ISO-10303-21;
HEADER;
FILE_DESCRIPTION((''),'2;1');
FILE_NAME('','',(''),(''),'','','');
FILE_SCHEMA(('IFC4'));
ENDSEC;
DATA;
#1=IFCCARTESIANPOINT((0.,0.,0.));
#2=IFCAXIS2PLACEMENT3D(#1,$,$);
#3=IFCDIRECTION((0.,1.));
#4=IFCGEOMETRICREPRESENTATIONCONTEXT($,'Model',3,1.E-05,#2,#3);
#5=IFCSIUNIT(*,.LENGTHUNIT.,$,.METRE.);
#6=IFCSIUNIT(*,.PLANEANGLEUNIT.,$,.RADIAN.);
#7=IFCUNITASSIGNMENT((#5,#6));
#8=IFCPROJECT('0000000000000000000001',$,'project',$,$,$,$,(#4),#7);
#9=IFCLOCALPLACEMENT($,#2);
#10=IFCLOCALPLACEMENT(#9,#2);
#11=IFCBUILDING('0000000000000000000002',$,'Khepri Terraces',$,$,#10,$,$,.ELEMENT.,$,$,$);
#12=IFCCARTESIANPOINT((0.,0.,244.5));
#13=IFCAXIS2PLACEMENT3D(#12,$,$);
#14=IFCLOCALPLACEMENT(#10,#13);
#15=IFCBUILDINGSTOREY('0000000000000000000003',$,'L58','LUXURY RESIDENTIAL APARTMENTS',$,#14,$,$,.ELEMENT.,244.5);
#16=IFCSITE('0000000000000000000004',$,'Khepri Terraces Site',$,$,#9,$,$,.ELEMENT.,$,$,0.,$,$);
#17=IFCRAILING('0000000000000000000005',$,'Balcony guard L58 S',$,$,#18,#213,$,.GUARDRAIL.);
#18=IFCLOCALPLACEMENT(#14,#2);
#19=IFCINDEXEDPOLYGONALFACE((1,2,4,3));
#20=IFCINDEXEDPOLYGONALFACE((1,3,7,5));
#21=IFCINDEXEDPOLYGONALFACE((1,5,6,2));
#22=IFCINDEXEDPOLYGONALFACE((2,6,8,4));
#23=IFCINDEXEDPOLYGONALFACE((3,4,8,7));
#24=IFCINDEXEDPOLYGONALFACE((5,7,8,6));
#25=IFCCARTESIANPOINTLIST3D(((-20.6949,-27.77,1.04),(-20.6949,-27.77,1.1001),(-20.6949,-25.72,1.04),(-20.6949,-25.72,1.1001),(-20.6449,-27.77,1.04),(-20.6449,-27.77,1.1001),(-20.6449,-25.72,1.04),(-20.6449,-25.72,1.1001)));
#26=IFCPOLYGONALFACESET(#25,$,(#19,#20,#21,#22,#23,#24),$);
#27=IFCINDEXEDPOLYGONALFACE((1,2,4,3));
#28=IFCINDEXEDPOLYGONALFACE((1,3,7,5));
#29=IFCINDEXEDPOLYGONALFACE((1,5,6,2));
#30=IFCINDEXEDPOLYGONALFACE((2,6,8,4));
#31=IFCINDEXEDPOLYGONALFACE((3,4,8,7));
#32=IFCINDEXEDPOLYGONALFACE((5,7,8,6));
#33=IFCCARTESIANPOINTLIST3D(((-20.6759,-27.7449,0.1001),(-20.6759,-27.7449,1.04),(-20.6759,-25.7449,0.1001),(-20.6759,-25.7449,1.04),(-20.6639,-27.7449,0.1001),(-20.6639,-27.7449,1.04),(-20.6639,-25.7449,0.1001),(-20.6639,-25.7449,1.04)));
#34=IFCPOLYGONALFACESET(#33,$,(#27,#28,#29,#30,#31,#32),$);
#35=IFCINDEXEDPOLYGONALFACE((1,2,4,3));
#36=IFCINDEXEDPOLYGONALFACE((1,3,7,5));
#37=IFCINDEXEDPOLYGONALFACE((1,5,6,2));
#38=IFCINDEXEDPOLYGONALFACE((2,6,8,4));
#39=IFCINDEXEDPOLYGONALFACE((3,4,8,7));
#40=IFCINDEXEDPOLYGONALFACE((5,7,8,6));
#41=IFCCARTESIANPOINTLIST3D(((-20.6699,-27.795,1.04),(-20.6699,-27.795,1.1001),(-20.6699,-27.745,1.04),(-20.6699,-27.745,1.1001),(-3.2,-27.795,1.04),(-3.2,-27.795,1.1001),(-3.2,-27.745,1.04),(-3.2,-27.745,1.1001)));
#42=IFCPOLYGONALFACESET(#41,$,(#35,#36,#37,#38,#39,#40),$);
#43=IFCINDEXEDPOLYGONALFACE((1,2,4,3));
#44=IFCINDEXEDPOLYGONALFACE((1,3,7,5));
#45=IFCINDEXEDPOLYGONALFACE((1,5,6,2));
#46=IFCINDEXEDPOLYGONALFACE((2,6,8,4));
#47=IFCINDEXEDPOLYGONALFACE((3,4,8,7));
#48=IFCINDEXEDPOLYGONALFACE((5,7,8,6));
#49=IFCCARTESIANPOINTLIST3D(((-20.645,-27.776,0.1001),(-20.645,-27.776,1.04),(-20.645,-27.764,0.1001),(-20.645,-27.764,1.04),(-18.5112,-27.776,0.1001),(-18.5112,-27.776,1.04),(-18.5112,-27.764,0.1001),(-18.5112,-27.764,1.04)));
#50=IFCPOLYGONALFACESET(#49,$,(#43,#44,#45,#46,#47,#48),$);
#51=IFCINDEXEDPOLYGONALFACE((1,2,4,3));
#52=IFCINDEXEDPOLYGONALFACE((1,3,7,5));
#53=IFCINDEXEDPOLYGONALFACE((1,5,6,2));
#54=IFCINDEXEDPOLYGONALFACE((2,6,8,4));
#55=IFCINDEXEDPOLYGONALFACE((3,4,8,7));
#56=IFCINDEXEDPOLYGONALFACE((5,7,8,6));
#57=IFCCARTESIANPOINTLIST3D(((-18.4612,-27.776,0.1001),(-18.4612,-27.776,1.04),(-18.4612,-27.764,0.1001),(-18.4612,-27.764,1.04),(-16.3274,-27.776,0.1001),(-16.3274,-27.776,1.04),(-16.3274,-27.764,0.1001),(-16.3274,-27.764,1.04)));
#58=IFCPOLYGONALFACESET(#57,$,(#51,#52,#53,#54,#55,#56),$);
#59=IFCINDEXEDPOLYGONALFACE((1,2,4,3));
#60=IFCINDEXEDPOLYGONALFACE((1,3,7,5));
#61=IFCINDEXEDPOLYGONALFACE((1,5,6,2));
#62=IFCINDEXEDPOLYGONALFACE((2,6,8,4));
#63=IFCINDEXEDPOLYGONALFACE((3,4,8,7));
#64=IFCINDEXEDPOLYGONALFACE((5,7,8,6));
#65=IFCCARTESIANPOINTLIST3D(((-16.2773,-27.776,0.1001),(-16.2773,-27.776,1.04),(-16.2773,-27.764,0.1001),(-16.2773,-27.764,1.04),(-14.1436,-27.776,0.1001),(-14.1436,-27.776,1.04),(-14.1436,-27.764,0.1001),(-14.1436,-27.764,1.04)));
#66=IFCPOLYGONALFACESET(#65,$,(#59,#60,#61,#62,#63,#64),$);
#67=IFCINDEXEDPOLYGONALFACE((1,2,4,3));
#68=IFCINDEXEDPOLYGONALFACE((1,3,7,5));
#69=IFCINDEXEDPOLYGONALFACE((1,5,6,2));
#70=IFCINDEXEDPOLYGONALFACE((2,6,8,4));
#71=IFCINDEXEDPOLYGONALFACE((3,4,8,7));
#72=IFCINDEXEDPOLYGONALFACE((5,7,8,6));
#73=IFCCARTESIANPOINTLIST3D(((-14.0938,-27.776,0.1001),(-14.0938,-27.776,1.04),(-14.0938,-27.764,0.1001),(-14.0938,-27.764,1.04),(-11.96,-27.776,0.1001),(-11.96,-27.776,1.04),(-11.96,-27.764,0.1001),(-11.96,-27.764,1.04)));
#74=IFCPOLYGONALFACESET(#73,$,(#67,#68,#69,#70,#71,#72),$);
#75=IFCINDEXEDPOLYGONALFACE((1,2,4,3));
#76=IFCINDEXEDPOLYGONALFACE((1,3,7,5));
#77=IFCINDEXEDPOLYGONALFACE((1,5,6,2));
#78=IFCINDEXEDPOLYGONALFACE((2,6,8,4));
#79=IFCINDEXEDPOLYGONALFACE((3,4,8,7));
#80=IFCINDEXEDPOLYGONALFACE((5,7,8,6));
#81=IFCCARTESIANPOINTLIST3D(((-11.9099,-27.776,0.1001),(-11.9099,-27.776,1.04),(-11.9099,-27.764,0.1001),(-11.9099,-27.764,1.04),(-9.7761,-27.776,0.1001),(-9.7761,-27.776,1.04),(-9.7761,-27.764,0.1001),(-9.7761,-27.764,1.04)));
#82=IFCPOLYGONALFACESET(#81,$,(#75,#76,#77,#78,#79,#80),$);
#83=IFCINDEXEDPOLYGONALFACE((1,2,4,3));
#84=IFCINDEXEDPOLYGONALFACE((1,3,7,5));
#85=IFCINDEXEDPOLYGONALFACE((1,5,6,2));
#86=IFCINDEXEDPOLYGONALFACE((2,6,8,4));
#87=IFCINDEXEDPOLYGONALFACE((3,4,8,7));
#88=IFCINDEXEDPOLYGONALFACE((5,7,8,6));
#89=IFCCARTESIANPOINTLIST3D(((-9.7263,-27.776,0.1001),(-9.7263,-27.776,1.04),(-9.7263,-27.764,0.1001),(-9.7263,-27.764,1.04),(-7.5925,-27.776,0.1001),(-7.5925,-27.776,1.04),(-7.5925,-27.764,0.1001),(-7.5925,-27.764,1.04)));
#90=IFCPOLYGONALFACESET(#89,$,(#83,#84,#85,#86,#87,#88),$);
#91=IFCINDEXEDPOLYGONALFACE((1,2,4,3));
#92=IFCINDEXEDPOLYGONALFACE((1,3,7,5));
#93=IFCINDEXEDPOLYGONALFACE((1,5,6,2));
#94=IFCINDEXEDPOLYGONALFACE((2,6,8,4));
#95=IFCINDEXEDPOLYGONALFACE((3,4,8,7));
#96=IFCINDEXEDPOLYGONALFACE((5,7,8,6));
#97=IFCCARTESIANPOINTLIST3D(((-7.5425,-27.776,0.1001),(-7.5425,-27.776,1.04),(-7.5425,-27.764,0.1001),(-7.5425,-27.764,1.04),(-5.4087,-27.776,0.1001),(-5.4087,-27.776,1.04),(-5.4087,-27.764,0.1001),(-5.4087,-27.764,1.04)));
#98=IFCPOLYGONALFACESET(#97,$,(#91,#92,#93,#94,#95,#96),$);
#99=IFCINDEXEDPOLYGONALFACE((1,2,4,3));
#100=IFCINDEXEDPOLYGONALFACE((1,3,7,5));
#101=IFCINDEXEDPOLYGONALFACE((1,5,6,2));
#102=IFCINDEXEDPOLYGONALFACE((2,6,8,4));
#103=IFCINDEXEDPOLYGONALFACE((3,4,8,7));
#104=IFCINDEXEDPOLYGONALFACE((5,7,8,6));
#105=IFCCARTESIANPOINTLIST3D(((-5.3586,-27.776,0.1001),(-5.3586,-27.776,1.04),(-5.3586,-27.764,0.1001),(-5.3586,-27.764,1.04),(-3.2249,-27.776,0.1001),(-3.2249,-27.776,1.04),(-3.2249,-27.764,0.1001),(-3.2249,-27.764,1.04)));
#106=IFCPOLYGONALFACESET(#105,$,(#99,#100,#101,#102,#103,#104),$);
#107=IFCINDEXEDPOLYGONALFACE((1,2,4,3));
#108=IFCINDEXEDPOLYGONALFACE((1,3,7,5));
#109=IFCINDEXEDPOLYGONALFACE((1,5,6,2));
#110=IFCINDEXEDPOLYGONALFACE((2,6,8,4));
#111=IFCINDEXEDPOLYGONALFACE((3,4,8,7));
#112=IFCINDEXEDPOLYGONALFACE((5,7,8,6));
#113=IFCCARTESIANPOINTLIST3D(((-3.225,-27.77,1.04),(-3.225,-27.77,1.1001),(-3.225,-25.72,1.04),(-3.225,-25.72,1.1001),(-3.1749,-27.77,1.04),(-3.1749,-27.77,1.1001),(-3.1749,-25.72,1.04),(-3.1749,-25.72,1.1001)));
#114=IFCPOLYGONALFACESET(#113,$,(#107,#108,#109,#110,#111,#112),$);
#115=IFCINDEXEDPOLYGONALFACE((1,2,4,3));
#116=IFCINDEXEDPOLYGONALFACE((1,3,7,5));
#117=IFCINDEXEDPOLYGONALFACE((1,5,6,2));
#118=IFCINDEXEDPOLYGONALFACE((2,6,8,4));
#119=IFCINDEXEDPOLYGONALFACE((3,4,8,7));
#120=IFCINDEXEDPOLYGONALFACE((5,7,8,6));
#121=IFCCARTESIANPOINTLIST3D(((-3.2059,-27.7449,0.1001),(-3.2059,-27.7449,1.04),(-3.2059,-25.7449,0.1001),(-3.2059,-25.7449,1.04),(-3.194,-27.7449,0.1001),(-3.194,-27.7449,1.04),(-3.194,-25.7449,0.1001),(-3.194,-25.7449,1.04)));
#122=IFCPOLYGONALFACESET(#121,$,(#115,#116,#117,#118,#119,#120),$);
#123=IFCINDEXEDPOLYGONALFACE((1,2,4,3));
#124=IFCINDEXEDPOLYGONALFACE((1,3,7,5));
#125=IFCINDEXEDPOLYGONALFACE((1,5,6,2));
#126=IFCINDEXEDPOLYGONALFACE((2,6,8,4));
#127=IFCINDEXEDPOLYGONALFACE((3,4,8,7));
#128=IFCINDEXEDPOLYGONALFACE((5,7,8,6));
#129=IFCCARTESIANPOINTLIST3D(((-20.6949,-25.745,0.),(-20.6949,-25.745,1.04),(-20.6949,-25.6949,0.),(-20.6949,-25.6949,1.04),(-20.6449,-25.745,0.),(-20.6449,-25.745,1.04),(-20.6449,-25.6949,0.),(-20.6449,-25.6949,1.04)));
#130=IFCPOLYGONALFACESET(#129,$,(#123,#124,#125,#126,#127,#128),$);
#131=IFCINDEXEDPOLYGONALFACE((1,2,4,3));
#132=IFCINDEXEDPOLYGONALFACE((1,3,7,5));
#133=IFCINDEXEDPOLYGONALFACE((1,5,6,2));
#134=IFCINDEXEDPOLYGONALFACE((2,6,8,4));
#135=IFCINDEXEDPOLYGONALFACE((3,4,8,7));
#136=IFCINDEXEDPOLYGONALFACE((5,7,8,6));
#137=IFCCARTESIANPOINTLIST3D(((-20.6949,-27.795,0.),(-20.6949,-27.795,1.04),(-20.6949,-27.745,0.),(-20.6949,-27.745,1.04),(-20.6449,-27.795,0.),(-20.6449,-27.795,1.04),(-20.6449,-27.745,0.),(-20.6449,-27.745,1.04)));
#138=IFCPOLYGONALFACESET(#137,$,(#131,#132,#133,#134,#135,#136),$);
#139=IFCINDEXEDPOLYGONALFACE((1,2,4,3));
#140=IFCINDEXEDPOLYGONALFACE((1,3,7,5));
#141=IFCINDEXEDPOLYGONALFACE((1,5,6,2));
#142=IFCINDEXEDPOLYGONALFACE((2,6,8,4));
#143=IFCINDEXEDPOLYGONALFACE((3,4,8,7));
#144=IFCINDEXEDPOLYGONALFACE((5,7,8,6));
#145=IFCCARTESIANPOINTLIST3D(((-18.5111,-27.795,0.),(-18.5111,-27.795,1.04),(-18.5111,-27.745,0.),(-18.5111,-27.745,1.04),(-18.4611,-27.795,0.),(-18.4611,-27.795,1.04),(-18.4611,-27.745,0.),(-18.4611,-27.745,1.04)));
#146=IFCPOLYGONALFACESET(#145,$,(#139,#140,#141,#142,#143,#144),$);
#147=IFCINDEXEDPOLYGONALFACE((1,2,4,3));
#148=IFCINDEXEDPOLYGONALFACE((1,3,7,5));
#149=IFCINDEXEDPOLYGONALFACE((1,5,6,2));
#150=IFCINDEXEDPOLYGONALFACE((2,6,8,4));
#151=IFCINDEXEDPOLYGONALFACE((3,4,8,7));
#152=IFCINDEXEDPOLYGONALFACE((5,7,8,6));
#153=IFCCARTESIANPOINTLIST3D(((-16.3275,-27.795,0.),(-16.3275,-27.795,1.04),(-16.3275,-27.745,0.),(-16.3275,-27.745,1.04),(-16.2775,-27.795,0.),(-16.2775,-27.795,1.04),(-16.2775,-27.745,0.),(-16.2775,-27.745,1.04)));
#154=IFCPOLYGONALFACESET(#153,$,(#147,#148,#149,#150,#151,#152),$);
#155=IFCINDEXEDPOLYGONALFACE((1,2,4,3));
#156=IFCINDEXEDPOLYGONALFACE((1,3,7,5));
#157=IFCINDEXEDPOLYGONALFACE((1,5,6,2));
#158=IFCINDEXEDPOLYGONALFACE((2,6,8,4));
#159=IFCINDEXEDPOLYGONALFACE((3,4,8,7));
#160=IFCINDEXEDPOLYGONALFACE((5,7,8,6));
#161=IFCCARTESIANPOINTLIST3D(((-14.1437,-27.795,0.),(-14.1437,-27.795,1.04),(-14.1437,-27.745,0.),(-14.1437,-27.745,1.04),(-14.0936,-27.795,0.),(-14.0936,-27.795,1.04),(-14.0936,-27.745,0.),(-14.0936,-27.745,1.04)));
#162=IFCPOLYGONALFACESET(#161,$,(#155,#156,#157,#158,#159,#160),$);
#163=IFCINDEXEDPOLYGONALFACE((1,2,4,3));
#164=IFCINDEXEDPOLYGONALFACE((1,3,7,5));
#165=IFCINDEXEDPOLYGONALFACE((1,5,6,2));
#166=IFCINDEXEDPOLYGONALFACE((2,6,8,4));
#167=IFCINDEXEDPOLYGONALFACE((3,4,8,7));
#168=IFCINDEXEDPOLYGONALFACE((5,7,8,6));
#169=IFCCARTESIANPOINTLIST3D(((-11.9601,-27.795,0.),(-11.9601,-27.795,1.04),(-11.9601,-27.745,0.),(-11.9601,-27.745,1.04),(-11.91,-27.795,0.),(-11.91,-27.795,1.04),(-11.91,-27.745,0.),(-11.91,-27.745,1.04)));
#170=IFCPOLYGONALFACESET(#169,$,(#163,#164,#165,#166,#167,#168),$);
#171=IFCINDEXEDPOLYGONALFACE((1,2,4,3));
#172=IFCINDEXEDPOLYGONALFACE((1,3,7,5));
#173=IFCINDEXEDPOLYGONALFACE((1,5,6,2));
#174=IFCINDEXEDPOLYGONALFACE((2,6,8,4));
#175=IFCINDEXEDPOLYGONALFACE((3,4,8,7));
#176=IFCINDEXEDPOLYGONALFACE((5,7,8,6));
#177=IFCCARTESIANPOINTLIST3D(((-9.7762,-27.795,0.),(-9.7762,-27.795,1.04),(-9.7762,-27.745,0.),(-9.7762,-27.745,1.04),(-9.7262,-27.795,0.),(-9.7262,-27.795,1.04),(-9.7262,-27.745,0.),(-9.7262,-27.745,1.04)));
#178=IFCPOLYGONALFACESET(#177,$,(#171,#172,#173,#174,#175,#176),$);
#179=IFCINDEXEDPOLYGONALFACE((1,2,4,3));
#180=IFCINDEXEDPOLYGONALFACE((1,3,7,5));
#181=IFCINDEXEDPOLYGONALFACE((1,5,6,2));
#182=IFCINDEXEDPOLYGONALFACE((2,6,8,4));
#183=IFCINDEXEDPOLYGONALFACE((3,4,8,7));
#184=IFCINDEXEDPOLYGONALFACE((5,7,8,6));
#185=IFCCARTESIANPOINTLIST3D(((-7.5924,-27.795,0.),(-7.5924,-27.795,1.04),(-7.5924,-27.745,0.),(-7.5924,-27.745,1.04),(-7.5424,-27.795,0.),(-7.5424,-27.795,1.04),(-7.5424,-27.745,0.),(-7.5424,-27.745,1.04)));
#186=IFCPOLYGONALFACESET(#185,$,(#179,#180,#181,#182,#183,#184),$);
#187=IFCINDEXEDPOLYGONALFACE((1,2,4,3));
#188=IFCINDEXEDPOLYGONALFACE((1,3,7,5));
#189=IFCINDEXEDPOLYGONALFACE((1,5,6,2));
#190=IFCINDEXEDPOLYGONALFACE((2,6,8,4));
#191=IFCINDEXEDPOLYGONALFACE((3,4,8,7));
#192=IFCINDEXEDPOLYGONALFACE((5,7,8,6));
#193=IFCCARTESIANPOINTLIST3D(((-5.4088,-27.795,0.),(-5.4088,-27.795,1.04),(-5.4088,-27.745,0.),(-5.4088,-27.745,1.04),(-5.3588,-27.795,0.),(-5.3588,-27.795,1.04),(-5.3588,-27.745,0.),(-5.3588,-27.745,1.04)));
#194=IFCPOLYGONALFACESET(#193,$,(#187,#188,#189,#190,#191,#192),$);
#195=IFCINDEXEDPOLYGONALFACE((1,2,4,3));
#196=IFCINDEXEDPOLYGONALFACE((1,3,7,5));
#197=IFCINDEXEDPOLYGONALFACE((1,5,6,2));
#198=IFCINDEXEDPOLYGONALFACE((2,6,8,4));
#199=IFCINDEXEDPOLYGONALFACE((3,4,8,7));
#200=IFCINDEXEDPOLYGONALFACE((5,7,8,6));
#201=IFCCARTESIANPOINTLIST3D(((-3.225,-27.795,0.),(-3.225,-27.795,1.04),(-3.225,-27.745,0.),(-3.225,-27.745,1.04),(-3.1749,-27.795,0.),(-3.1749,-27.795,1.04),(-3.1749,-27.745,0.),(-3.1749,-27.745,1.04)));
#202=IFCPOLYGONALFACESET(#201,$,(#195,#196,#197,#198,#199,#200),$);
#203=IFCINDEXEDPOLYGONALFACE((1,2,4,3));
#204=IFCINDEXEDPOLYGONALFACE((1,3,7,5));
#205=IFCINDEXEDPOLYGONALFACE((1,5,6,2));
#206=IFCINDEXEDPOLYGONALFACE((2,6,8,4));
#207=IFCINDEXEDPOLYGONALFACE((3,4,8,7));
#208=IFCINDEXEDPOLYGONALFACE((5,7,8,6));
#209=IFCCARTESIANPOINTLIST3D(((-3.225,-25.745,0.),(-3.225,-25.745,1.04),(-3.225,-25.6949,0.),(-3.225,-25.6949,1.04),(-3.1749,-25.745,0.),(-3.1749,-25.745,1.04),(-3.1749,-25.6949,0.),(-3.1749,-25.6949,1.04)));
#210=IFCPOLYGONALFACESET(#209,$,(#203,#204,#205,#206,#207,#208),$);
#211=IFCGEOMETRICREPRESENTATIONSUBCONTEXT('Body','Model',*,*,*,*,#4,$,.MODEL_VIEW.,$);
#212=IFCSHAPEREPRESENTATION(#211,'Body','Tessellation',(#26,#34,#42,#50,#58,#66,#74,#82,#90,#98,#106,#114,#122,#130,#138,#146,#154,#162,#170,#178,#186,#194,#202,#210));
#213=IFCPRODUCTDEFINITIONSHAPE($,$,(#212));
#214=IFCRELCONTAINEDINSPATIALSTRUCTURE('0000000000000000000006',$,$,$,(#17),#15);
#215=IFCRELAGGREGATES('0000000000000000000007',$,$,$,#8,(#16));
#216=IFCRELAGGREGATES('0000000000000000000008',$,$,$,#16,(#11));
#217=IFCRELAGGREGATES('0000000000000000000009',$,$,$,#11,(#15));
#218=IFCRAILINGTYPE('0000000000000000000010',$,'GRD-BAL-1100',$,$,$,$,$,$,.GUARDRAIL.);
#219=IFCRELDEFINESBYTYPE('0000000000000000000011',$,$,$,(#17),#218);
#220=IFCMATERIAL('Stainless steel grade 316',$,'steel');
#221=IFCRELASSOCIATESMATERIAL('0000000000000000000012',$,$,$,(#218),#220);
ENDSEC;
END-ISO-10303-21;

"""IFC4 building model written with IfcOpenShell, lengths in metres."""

from ifc_helpers import new_model, si_unit, direction, frame, origin, origin_2d, place, context, subcontext, project, spatial, rectangle, extrude, material, type_object, element, save


model = new_model("IFC4")

# Units and contexts
model_context = context("Model", 3, precision=1e-05, world=origin(), true_north=direction((0.0, 1.0)))
body_context = subcontext(model_context, "Body", "Model", "MODEL_VIEW")
ifc_project = project(units=[si_unit("LENGTHUNIT", "METRE"), si_unit("PLANEANGLEUNIT", "RADIAN")], contexts=[model_context])

# Site, building, storey
site_placement = place(None, origin())
site = spatial("IfcSite", under=ifc_project, at=site_placement, Name="Khepri Terraces Site", CompositionType="ELEMENT", RefElevation=0.0)
building_placement = place(site_placement, origin())
building = spatial("IfcBuilding", under=site, at=building_placement, Name="Khepri Terraces", CompositionType="ELEMENT")
storey_placement = place(building_placement, frame((0.0, 0.0, 244.5)))
storey = spatial("IfcBuildingStorey", under=building, at=storey_placement, Name="L58", Description="LUXURY RESIDENTIAL APARTMENTS", CompositionType="ELEMENT", Elevation=244.5)

# Railing
ifc_material_1 = material(Name="Stainless steel grade 316", Category="steel")
railing_type = type_object("IfcRailingType", Name="GRD-BAL-1100", PredefinedType="GUARDRAIL", material=ifc_material_1)
railing_placement = place(storey_placement, frame((-20.6699, -25.72, 0.0)))
element("IfcRailing", 1, at=railing_placement, inside=storey, type_object=railing_type, Name="Balcony guard L58 S", PredefinedType="GUARDRAIL", context=body_context, shape_type="SweptSolid", body=[
    extrude(rectangle(XDim=0.05, YDim=0.0601, at=origin_2d()), frame((0.0, 0.0, 1.0701), z_axis=(0.0, -1.0, 0.0), x_axis=(1.0, 0.0, 0.0)), (0.0, 0.0, 1.0), 2.05),
    extrude(rectangle(XDim=2.0, YDim=0.012, at=origin_2d()), frame((0.0, -1.0249, 0.1001), z_axis=(0.0, 0.0, 1.0), x_axis=(0.0, -1.0, 0.0)), (0.0, 0.0, 1.0), 0.9399),
    extrude(rectangle(XDim=0.05, YDim=0.0601, at=origin_2d()), frame((0.0, -2.05, 1.0701), z_axis=(1.0, 0.0, 0.0), x_axis=(0.0, 1.0, 0.0)), (0.0, 0.0, 1.0), 17.47),
    extrude(rectangle(XDim=2.1338, YDim=0.012, at=origin_2d()), frame((1.0918, -2.05, 0.1001), z_axis=(0.0, 0.0, 1.0), x_axis=(1.0, 0.0, 0.0)), (0.0, 0.0, 1.0), 0.9399),
    extrude(rectangle(XDim=2.1338, YDim=0.012, at=origin_2d()), frame((3.2756, -2.05, 0.1001), z_axis=(0.0, 0.0, 1.0), x_axis=(1.0, 0.0, 0.0)), (0.0, 0.0, 1.0), 0.9399),
    extrude(rectangle(XDim=2.1338, YDim=0.012, at=origin_2d()), frame((5.4595, -2.05, 0.1001), z_axis=(0.0, 0.0, 1.0), x_axis=(1.0, 0.0, 0.0)), (0.0, 0.0, 1.0), 0.9399),
    extrude(rectangle(XDim=2.1338, YDim=0.012, at=origin_2d()), frame((7.6431, -2.05, 0.1001), z_axis=(0.0, 0.0, 1.0), x_axis=(1.0, 0.0, 0.0)), (0.0, 0.0, 1.0), 0.9399),
    extrude(rectangle(XDim=2.1338, YDim=0.012, at=origin_2d()), frame((9.8269, -2.05, 0.1001), z_axis=(0.0, 0.0, 1.0), x_axis=(1.0, 0.0, 0.0)), (0.0, 0.0, 1.0), 0.9399),
    extrude(rectangle(XDim=2.1338, YDim=0.012, at=origin_2d()), frame((12.0105, -2.05, 0.1001), z_axis=(0.0, 0.0, 1.0), x_axis=(1.0, 0.0, 0.0)), (0.0, 0.0, 1.0), 0.9399),
    extrude(rectangle(XDim=2.1338, YDim=0.012, at=origin_2d()), frame((14.1943, -2.05, 0.1001), z_axis=(0.0, 0.0, 1.0), x_axis=(1.0, 0.0, 0.0)), (0.0, 0.0, 1.0), 0.9399),
    extrude(rectangle(XDim=2.1338, YDim=0.012, at=origin_2d()), frame((16.3782, -2.05, 0.1001), z_axis=(0.0, 0.0, 1.0), x_axis=(1.0, 0.0, 0.0)), (0.0, 0.0, 1.0), 0.9399),
    extrude(rectangle(XDim=0.05, YDim=0.0601, at=origin_2d()), frame((17.47, -2.05, 1.0701), z_axis=(0.0, 1.0, 0.0), x_axis=(-1.0, 0.0, 0.0)), (0.0, 0.0, 1.0), 2.05),
    extrude(rectangle(XDim=2.0, YDim=0.012, at=origin_2d()), frame((17.47, -1.0249, 0.1001), z_axis=(0.0, 0.0, 1.0), x_axis=(0.0, 1.0, 0.0)), (0.0, 0.0, 1.0), 0.9399),
    extrude(rectangle(XDim=0.05, YDim=0.05, at=origin_2d()), origin(), (0.0, 0.0, 1.0), 1.04),
    extrude(rectangle(XDim=0.05, YDim=0.05, at=origin_2d()), frame((0.0, -2.05, 0.0)), (0.0, 0.0, 1.0), 1.04),
    extrude(rectangle(XDim=0.05, YDim=0.05, at=origin_2d()), frame((2.1838, -2.05, 0.0)), (0.0, 0.0, 1.0), 1.04),
    extrude(rectangle(XDim=0.05, YDim=0.05, at=origin_2d()), frame((4.3674, -2.05, 0.0)), (0.0, 0.0, 1.0), 1.04),
    extrude(rectangle(XDim=0.05, YDim=0.05, at=origin_2d()), frame((6.5513, -2.05, 0.0)), (0.0, 0.0, 1.0), 1.04),
    extrude(rectangle(XDim=0.05, YDim=0.05, at=origin_2d()), frame((8.7349, -2.05, 0.0)), (0.0, 0.0, 1.0), 1.04),
    extrude(rectangle(XDim=0.05, YDim=0.05, at=origin_2d()), frame((10.9187, -2.05, 0.0)), (0.0, 0.0, 1.0), 1.04),
    extrude(rectangle(XDim=0.05, YDim=0.05, at=origin_2d()), frame((13.1025, -2.05, 0.0)), (0.0, 0.0, 1.0), 1.04),
    extrude(rectangle(XDim=0.05, YDim=0.05, at=origin_2d()), frame((15.2861, -2.05, 0.0)), (0.0, 0.0, 1.0), 1.04),
    extrude(rectangle(XDim=0.05, YDim=0.05, at=origin_2d()), frame((17.47, -2.05, 0.0)), (0.0, 0.0, 1.0), 1.04),
    extrude(rectangle(XDim=0.05, YDim=0.05, at=origin_2d()), frame((17.47, 0.0, 0.0)), (0.0, 0.0, 1.0), 1.04),
])

save(model, "model.ifc")
